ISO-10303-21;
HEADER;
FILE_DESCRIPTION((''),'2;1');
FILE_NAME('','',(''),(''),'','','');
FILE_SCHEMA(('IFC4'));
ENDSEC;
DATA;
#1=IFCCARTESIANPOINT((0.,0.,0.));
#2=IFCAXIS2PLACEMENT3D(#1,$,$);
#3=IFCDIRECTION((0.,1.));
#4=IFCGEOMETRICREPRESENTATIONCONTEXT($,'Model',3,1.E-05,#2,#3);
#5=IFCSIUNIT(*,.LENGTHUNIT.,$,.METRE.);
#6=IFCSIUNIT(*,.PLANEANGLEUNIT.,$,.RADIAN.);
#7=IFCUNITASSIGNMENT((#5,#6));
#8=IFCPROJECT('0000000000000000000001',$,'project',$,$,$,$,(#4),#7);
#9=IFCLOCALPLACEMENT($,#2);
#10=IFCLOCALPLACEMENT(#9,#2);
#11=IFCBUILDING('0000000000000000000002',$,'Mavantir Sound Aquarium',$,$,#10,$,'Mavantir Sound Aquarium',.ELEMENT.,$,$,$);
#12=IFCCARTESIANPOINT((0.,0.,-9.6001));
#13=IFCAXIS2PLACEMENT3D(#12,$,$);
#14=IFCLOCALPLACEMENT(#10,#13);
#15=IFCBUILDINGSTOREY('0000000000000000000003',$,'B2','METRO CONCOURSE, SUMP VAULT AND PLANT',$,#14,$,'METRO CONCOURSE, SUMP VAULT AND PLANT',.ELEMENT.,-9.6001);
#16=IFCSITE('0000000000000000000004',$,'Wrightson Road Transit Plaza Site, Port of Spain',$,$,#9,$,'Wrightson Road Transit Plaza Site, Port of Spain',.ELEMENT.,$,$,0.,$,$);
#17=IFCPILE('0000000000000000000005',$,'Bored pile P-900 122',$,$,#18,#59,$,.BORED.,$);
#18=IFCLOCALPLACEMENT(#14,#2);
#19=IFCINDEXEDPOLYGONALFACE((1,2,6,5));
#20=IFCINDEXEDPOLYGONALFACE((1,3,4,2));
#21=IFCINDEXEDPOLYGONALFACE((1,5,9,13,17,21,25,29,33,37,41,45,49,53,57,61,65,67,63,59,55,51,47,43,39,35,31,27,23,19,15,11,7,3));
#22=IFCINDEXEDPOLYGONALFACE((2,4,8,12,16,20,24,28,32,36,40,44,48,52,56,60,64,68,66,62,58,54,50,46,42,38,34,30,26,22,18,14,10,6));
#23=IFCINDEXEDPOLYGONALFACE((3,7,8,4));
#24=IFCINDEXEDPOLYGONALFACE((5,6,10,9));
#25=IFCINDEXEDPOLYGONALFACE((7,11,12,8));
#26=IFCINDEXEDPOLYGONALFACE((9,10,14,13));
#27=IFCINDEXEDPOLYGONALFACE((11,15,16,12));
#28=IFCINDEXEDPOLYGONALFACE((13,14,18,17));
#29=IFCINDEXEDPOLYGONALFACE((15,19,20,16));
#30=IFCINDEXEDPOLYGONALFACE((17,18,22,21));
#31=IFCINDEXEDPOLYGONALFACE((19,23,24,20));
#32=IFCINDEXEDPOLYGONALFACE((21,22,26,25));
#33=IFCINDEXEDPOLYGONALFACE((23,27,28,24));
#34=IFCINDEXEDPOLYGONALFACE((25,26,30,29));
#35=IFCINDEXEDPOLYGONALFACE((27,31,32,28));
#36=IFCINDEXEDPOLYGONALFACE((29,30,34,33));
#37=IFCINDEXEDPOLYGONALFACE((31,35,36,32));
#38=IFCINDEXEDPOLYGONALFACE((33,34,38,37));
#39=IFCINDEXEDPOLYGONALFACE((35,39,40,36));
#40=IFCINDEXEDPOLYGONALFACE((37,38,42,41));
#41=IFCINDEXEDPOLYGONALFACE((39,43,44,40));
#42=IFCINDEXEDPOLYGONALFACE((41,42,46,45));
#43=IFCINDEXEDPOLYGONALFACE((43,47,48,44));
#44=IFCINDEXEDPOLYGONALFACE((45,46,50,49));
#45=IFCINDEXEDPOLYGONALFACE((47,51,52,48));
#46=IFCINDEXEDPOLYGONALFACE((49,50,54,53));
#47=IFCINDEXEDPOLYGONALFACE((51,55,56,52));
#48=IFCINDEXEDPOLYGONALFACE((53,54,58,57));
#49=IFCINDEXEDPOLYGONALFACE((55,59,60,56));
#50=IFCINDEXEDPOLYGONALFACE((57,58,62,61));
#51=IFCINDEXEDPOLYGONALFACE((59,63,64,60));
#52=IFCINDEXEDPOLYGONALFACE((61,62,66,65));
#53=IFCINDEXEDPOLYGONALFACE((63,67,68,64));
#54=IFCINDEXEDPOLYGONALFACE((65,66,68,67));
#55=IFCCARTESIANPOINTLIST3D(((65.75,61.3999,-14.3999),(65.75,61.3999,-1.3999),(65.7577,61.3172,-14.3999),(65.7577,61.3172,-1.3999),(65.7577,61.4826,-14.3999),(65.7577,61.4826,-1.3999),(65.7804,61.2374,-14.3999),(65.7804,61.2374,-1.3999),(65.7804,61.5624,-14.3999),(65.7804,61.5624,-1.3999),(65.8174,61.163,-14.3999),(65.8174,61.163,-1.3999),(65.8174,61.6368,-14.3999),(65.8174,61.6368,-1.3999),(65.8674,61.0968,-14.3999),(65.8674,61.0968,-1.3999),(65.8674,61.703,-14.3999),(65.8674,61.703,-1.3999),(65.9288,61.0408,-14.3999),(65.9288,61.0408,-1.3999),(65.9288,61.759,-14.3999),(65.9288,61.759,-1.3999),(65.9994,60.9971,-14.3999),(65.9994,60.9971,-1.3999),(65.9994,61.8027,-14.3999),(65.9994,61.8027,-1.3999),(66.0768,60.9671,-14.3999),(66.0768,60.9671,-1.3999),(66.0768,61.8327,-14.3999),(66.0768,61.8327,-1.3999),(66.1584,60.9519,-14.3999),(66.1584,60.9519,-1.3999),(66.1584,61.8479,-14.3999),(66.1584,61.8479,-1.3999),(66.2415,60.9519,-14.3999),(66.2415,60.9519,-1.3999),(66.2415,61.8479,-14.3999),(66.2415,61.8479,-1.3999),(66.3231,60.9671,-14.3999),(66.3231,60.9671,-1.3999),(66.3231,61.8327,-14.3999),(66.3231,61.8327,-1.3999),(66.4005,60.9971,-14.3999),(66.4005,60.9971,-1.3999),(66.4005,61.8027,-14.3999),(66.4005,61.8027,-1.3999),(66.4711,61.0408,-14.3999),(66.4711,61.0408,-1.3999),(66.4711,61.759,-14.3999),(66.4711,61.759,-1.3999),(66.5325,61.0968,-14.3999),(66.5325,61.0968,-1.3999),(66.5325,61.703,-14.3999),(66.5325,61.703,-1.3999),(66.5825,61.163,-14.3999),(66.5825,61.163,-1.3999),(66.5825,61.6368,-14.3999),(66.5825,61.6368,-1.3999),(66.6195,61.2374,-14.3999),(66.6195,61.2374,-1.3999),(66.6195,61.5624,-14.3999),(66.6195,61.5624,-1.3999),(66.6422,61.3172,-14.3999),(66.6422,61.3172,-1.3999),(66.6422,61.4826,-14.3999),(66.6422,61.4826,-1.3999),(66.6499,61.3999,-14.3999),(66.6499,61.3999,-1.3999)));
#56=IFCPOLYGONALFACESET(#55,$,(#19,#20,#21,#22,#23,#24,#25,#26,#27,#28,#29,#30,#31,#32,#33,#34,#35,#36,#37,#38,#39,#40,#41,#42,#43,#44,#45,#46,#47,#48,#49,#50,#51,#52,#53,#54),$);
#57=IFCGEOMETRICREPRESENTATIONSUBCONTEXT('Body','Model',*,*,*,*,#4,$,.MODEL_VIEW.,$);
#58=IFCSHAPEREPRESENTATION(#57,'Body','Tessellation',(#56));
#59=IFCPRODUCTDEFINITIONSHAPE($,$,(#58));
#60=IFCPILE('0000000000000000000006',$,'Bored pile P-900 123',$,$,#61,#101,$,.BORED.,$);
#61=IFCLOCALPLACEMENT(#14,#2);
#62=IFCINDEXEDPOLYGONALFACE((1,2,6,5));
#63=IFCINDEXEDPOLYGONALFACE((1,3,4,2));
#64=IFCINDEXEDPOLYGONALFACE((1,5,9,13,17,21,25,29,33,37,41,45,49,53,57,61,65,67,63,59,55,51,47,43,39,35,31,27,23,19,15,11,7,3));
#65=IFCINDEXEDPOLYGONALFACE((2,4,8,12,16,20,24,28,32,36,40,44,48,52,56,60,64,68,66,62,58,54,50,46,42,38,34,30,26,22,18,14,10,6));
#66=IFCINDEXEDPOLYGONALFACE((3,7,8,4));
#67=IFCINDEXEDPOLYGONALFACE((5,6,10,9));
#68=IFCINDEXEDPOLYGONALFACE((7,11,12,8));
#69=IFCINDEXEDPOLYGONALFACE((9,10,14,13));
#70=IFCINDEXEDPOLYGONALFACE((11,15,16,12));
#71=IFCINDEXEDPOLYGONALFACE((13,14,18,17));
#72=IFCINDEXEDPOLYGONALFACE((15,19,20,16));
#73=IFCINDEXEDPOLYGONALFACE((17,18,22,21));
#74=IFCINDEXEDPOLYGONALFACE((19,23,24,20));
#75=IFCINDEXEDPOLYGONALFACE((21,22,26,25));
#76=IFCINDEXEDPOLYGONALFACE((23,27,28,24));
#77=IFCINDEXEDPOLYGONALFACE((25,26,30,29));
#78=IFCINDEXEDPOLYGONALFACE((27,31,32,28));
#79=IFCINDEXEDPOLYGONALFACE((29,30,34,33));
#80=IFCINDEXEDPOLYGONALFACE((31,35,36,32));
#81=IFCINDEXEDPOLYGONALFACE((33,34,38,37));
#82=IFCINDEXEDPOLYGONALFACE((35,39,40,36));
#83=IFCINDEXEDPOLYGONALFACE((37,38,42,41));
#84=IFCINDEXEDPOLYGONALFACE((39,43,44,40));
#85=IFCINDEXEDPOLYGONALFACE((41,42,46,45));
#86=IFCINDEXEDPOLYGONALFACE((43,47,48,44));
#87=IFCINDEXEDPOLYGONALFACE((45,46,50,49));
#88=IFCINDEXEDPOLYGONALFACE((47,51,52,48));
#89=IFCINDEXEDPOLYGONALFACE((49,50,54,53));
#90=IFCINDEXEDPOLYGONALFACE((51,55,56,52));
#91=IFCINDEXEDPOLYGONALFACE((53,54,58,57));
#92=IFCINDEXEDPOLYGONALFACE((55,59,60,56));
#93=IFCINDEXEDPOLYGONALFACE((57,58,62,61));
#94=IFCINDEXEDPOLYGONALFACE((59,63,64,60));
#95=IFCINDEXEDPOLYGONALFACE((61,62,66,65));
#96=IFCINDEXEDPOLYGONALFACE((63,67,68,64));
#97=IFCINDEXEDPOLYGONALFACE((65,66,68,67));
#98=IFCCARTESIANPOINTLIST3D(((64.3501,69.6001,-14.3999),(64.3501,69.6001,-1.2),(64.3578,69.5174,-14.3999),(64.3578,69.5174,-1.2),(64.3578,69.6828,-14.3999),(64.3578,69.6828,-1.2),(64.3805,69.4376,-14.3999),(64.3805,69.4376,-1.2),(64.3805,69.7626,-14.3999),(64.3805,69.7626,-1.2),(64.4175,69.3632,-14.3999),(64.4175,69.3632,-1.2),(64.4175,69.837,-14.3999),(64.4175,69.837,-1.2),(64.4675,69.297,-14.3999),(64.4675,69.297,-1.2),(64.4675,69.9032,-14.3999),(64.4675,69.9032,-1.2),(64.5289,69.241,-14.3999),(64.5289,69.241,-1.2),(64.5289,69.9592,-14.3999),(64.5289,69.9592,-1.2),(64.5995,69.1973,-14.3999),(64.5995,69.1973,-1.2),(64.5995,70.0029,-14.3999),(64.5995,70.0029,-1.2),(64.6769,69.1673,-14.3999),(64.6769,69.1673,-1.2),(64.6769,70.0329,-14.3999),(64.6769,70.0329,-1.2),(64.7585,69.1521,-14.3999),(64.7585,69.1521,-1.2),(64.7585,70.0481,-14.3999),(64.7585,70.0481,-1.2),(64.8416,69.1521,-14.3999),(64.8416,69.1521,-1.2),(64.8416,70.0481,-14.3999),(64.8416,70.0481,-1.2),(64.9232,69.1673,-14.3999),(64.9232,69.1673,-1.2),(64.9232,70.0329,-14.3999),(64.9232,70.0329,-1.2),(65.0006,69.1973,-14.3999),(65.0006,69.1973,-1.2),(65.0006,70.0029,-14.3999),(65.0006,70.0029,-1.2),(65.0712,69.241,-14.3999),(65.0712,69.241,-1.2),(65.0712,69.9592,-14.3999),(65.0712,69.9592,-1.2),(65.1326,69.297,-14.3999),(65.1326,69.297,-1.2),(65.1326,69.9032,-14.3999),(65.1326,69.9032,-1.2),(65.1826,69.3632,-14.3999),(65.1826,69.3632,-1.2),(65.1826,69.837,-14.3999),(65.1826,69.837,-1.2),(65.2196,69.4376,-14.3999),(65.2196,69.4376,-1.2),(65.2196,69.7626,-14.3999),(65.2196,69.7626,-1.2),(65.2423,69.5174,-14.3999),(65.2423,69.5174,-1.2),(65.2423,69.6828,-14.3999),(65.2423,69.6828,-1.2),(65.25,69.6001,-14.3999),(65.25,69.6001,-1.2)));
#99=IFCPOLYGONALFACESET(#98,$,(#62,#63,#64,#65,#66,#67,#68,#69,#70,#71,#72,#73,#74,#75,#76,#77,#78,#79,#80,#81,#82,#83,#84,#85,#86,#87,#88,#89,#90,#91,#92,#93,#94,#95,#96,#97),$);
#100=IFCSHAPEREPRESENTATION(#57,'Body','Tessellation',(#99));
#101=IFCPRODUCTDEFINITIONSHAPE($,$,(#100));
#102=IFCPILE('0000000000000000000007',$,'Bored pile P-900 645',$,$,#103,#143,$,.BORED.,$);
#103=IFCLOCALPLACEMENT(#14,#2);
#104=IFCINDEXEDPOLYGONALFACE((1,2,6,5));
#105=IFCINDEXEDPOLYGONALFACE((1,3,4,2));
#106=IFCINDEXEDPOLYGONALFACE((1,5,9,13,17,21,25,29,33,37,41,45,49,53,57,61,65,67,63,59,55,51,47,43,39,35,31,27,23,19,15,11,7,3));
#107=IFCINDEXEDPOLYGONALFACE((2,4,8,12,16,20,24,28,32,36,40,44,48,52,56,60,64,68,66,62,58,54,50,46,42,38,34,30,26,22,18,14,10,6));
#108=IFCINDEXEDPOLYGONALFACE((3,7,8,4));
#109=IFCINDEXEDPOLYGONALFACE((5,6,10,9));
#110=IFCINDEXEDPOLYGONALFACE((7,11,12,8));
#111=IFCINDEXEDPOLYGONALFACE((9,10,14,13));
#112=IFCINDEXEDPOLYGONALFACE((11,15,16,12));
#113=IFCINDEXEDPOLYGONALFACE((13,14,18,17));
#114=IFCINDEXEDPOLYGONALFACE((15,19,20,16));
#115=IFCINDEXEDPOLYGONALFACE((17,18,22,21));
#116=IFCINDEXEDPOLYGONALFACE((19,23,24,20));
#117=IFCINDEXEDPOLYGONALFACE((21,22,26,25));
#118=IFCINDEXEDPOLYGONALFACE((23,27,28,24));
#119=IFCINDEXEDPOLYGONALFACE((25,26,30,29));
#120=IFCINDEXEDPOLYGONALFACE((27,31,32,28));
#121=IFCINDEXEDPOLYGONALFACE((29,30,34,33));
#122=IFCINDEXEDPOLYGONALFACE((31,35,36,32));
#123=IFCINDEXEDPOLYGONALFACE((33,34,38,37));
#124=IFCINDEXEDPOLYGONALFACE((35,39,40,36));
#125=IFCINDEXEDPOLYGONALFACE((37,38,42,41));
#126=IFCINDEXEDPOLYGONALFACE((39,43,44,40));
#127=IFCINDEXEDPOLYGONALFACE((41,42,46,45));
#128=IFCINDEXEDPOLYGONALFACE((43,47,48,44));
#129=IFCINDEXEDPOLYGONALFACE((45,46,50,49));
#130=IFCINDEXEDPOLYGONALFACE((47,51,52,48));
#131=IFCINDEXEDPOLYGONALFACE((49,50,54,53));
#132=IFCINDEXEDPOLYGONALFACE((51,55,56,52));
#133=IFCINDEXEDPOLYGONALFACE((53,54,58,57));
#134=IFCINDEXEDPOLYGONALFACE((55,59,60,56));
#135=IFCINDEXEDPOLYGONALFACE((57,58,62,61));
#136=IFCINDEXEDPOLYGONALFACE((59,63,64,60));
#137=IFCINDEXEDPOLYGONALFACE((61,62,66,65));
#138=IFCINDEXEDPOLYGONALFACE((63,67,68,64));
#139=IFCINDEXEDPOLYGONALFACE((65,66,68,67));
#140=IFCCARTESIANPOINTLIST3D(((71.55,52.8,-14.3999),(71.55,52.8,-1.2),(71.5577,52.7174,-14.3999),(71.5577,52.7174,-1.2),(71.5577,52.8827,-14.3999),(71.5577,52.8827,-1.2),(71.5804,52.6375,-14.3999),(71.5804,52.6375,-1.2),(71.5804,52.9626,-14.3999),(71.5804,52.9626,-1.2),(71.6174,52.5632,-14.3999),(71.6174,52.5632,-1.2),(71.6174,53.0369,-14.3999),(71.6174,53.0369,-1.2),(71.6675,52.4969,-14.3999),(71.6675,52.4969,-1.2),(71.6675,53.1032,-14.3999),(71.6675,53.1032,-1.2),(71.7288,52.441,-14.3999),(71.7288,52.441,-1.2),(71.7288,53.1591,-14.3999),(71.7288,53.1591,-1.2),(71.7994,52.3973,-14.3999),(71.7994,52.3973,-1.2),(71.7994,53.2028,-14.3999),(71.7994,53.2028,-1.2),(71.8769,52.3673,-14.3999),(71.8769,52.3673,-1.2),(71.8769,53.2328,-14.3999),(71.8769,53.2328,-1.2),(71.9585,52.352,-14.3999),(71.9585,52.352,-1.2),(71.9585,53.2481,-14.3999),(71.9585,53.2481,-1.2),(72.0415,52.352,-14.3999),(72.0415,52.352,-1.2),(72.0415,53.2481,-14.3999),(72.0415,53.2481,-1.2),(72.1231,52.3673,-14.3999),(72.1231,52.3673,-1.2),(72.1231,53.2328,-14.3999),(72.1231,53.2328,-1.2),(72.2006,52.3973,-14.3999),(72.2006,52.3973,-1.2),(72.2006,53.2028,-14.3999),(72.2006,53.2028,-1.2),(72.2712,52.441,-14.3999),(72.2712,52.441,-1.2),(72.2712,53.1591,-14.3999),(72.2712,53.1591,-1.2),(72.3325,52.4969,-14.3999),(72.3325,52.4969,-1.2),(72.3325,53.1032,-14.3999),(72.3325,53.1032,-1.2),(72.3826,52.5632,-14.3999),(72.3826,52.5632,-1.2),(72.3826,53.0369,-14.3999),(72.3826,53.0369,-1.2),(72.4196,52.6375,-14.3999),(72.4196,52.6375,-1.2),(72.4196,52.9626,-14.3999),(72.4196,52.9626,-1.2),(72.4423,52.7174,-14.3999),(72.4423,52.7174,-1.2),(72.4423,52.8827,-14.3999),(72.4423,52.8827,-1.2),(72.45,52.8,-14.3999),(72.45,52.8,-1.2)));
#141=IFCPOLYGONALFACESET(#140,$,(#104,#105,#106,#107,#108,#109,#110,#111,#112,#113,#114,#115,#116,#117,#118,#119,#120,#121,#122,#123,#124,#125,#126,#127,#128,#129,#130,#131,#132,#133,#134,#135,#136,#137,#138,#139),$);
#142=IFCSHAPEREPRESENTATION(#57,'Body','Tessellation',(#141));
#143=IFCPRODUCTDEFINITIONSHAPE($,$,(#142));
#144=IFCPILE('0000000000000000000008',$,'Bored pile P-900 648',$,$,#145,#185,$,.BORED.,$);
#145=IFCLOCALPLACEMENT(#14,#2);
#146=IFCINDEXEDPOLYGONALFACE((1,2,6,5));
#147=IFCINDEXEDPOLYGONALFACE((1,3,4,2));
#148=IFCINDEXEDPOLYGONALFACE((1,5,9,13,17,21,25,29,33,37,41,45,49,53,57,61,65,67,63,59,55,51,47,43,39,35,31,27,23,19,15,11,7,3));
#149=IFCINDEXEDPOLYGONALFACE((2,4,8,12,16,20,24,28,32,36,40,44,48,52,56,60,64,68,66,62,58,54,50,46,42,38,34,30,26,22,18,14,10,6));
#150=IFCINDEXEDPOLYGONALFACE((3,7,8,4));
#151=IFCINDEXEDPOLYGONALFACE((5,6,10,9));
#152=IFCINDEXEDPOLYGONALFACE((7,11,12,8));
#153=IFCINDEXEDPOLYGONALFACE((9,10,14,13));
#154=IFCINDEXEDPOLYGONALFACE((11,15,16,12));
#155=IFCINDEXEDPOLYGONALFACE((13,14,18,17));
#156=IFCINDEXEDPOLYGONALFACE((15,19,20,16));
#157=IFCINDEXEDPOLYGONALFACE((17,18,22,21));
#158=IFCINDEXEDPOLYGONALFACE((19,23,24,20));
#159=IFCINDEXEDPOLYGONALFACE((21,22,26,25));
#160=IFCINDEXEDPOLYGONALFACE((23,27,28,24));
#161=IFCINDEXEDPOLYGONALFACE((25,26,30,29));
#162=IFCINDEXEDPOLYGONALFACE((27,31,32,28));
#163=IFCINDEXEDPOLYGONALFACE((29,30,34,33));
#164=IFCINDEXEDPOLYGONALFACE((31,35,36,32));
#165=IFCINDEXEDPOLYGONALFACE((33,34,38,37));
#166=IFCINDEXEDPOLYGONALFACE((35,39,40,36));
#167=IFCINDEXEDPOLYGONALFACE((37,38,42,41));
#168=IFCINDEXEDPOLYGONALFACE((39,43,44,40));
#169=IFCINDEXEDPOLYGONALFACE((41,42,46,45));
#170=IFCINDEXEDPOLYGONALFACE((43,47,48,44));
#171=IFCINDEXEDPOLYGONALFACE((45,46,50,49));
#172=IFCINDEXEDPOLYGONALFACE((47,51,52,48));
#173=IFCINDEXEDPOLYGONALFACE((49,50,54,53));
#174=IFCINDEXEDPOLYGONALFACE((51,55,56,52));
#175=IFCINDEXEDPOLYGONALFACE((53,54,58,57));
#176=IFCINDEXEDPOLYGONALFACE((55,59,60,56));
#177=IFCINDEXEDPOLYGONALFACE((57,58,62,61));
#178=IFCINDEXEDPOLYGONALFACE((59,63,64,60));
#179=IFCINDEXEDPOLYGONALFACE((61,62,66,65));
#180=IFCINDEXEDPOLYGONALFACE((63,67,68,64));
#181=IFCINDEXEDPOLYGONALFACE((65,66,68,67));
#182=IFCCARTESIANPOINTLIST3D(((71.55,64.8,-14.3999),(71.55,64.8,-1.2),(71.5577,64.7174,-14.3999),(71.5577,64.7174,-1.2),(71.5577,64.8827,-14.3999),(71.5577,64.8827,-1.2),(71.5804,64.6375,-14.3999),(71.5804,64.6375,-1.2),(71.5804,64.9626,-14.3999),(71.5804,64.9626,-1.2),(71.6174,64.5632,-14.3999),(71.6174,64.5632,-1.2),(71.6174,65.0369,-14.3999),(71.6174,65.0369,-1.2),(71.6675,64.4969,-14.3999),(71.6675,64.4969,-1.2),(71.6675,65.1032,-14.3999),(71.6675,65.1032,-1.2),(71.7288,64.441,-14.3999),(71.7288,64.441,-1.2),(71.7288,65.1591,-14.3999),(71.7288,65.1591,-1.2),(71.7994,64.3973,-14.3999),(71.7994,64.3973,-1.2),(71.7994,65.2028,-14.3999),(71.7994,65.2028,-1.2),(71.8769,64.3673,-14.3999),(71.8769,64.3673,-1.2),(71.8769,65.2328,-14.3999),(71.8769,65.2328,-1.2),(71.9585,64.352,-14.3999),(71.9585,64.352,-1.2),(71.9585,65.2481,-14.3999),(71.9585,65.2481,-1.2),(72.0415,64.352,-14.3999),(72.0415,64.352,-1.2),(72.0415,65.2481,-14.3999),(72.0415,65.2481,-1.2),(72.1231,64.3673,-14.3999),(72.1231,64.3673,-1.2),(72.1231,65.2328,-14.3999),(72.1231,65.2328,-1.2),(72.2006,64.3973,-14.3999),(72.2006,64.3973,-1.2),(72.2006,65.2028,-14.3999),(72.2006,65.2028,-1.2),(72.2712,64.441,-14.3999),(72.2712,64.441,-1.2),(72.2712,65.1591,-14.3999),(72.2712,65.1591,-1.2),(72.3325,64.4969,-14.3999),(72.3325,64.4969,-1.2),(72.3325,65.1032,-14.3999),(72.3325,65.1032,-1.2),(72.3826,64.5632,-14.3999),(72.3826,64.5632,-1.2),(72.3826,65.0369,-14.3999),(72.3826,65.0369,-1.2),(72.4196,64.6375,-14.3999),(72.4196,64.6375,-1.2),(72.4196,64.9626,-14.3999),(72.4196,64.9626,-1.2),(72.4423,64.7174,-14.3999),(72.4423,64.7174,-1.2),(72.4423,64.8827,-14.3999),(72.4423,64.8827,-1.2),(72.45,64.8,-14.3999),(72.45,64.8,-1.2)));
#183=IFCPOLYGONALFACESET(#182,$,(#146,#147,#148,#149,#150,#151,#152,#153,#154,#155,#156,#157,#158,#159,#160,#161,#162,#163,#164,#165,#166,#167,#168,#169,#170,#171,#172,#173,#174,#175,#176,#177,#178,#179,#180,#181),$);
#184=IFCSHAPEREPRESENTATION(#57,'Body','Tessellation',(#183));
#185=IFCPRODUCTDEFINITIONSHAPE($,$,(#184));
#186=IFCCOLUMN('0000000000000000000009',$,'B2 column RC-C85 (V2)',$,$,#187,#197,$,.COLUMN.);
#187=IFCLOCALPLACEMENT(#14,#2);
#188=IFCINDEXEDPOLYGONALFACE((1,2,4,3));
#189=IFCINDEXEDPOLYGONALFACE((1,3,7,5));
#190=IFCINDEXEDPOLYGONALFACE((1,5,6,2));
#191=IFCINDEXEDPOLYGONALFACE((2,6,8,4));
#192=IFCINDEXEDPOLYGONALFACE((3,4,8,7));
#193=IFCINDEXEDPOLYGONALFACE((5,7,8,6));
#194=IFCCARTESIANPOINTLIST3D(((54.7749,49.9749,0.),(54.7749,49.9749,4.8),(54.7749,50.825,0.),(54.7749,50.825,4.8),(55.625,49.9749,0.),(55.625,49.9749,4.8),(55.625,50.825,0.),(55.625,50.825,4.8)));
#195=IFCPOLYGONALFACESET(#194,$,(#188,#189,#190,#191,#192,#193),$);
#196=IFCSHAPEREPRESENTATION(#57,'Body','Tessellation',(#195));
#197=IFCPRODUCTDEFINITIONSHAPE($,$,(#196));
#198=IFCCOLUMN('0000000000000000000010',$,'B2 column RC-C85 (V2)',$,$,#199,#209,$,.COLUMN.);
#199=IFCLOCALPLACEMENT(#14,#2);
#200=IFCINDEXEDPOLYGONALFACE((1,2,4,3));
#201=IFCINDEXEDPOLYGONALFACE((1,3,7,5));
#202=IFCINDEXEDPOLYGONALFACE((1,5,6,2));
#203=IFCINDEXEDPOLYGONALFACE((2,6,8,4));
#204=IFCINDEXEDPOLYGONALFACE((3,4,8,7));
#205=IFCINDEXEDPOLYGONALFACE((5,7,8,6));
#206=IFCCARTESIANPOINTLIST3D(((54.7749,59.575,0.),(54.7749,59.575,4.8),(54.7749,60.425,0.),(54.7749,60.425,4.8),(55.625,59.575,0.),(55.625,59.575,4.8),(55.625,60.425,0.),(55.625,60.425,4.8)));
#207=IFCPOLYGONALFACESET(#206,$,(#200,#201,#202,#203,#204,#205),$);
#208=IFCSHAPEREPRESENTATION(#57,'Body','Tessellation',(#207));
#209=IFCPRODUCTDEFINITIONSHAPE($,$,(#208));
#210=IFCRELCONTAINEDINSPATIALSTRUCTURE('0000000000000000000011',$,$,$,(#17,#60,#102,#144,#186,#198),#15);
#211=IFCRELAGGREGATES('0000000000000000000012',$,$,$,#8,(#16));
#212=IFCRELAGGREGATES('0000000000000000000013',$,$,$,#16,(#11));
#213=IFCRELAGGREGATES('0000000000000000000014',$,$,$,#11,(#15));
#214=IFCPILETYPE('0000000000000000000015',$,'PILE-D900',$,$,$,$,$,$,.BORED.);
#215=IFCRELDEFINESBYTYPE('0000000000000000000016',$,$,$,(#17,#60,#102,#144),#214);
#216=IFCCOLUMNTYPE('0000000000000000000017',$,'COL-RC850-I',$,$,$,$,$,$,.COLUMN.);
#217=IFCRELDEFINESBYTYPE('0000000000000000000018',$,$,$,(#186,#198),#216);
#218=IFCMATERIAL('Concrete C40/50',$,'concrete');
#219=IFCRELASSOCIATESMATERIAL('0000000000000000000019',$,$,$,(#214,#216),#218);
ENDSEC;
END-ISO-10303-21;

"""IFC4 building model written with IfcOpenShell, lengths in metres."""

from ifc_helpers import new_model, si_unit, direction, frame, origin, origin_2d, place, context, subcontext, project, spatial, rectangle, circle, extrude, material, material_profile, profile_set, type_object, element, save


model = new_model("IFC4")

# Units and contexts
model_context = context("Model", 3, precision=1e-05, world=origin(), true_north=direction((0.0, 1.0)))
body_context = subcontext(model_context, "Body", "Model", "MODEL_VIEW")
ifc_project = project(units=[si_unit("LENGTHUNIT", "METRE"), si_unit("PLANEANGLEUNIT", "RADIAN")], contexts=[model_context])

# Site, building, storey
site_placement = place(None, origin())
site = spatial("IfcSite", under=ifc_project, at=site_placement, Name="Wrightson Road Transit Plaza Site, Port of Spain", LongName="Wrightson Road Transit Plaza Site, Port of Spain", CompositionType="ELEMENT", RefElevation=0.0)
building_placement = place(site_placement, origin())
building = spatial("IfcBuilding", under=site, at=building_placement, Name="Mavantir Sound Aquarium", LongName="Mavantir Sound Aquarium", CompositionType="ELEMENT")
storey_placement = place(building_placement, frame((0.0, 0.0, -9.6001)))
storey = spatial("IfcBuildingStorey", under=building, at=storey_placement, Name="B2", Description="METRO CONCOURSE, SUMP VAULT AND PLANT", LongName="METRO CONCOURSE, SUMP VAULT AND PLANT", CompositionType="ELEMENT", Elevation=-9.6001)

# Shared definitions
ifc_material_1 = material(Name="Concrete C40/50", Category="concrete")

# Piles
ifc_material_profile_1 = material_profile(ifc_material_1, circle(Radius=0.45, at=origin_2d()), Name="PILE D900")
ifc_profile_set_1 = profile_set([ifc_material_profile_1], Name="Concrete C40/50")
pile_type = type_object("IfcPileType", Name="PILE-D900", PredefinedType="BORED", material=ifc_profile_set_1)
for number, where, z_axis, x_axis, name in (
    (1, (66.2, 61.3999, -1.3999), (0.0, 0.0, -1.0), (1.0, 0.0, 0.0), "Bored pile P-900 122"),
):
    element("IfcPile", number, at=place(storey_placement, frame(where, z_axis=z_axis, x_axis=x_axis)), inside=storey, type_object=pile_type, Name=name, PredefinedType="BORED", context=body_context, shape_type="SweptSolid", body=[
        extrude(circle(Radius=0.45, at=origin_2d()), origin(), (0.0, 0.0, 1.0), 13.0),
    ])
for number, where, z_axis, x_axis, name in (
    (2, (64.8, 69.6001, -1.2), (0.0, 0.0, -1.0), (1.0, 0.0, 0.0), "Bored pile P-900 123"),
    (3, (72.0, 52.8, -1.2), (0.0, 0.0, -1.0), (1.0, 0.0, 0.0), "Bored pile P-900 645"),
    (4, (72.0, 64.8, -1.2), (0.0, 0.0, -1.0), (1.0, 0.0, 0.0), "Bored pile P-900 648"),
):
    element("IfcPile", number, at=place(storey_placement, frame(where, z_axis=z_axis, x_axis=x_axis)), inside=storey, type_object=pile_type, Name=name, PredefinedType="BORED", context=body_context, shape_type="SweptSolid", body=[
        extrude(circle(Radius=0.45, at=origin_2d()), origin(), (0.0, 0.0, 1.0), 13.2),
    ])

# Columns
ifc_material_profile_2 = material_profile(ifc_material_1, rectangle(XDim=0.8501, YDim=0.8501, at=origin_2d()), Name="RC 850X850")
ifc_profile_set_2 = profile_set([ifc_material_profile_2], Name="Concrete C40/50")
column_type = type_object("IfcColumnType", Name="COL-RC850-I", PredefinedType="COLUMN", material=ifc_profile_set_2)
for number, where, z_axis, x_axis, name in (
    (5, (55.2, 50.3999, 0.0), (0.0, 0.0, 1.0), (1.0, 0.0, 0.0), "B2 column RC-C85 (V2)"),
    (6, (55.2, 60.0, 0.0), (0.0, 0.0, 1.0), (1.0, 0.0, 0.0), "B2 column RC-C85 (V2)"),
):
    element("IfcColumn", number, at=place(storey_placement, frame(where, z_axis=z_axis, x_axis=x_axis)), inside=storey, type_object=column_type, Name=name, PredefinedType="COLUMN", context=body_context, shape_type="SweptSolid", body=[
        extrude(rectangle(XDim=0.8501, YDim=0.8501, at=origin_2d()), origin(), (0.0, 0.0, 1.0), 4.8),
    ])

save(model, "model.ifc")
